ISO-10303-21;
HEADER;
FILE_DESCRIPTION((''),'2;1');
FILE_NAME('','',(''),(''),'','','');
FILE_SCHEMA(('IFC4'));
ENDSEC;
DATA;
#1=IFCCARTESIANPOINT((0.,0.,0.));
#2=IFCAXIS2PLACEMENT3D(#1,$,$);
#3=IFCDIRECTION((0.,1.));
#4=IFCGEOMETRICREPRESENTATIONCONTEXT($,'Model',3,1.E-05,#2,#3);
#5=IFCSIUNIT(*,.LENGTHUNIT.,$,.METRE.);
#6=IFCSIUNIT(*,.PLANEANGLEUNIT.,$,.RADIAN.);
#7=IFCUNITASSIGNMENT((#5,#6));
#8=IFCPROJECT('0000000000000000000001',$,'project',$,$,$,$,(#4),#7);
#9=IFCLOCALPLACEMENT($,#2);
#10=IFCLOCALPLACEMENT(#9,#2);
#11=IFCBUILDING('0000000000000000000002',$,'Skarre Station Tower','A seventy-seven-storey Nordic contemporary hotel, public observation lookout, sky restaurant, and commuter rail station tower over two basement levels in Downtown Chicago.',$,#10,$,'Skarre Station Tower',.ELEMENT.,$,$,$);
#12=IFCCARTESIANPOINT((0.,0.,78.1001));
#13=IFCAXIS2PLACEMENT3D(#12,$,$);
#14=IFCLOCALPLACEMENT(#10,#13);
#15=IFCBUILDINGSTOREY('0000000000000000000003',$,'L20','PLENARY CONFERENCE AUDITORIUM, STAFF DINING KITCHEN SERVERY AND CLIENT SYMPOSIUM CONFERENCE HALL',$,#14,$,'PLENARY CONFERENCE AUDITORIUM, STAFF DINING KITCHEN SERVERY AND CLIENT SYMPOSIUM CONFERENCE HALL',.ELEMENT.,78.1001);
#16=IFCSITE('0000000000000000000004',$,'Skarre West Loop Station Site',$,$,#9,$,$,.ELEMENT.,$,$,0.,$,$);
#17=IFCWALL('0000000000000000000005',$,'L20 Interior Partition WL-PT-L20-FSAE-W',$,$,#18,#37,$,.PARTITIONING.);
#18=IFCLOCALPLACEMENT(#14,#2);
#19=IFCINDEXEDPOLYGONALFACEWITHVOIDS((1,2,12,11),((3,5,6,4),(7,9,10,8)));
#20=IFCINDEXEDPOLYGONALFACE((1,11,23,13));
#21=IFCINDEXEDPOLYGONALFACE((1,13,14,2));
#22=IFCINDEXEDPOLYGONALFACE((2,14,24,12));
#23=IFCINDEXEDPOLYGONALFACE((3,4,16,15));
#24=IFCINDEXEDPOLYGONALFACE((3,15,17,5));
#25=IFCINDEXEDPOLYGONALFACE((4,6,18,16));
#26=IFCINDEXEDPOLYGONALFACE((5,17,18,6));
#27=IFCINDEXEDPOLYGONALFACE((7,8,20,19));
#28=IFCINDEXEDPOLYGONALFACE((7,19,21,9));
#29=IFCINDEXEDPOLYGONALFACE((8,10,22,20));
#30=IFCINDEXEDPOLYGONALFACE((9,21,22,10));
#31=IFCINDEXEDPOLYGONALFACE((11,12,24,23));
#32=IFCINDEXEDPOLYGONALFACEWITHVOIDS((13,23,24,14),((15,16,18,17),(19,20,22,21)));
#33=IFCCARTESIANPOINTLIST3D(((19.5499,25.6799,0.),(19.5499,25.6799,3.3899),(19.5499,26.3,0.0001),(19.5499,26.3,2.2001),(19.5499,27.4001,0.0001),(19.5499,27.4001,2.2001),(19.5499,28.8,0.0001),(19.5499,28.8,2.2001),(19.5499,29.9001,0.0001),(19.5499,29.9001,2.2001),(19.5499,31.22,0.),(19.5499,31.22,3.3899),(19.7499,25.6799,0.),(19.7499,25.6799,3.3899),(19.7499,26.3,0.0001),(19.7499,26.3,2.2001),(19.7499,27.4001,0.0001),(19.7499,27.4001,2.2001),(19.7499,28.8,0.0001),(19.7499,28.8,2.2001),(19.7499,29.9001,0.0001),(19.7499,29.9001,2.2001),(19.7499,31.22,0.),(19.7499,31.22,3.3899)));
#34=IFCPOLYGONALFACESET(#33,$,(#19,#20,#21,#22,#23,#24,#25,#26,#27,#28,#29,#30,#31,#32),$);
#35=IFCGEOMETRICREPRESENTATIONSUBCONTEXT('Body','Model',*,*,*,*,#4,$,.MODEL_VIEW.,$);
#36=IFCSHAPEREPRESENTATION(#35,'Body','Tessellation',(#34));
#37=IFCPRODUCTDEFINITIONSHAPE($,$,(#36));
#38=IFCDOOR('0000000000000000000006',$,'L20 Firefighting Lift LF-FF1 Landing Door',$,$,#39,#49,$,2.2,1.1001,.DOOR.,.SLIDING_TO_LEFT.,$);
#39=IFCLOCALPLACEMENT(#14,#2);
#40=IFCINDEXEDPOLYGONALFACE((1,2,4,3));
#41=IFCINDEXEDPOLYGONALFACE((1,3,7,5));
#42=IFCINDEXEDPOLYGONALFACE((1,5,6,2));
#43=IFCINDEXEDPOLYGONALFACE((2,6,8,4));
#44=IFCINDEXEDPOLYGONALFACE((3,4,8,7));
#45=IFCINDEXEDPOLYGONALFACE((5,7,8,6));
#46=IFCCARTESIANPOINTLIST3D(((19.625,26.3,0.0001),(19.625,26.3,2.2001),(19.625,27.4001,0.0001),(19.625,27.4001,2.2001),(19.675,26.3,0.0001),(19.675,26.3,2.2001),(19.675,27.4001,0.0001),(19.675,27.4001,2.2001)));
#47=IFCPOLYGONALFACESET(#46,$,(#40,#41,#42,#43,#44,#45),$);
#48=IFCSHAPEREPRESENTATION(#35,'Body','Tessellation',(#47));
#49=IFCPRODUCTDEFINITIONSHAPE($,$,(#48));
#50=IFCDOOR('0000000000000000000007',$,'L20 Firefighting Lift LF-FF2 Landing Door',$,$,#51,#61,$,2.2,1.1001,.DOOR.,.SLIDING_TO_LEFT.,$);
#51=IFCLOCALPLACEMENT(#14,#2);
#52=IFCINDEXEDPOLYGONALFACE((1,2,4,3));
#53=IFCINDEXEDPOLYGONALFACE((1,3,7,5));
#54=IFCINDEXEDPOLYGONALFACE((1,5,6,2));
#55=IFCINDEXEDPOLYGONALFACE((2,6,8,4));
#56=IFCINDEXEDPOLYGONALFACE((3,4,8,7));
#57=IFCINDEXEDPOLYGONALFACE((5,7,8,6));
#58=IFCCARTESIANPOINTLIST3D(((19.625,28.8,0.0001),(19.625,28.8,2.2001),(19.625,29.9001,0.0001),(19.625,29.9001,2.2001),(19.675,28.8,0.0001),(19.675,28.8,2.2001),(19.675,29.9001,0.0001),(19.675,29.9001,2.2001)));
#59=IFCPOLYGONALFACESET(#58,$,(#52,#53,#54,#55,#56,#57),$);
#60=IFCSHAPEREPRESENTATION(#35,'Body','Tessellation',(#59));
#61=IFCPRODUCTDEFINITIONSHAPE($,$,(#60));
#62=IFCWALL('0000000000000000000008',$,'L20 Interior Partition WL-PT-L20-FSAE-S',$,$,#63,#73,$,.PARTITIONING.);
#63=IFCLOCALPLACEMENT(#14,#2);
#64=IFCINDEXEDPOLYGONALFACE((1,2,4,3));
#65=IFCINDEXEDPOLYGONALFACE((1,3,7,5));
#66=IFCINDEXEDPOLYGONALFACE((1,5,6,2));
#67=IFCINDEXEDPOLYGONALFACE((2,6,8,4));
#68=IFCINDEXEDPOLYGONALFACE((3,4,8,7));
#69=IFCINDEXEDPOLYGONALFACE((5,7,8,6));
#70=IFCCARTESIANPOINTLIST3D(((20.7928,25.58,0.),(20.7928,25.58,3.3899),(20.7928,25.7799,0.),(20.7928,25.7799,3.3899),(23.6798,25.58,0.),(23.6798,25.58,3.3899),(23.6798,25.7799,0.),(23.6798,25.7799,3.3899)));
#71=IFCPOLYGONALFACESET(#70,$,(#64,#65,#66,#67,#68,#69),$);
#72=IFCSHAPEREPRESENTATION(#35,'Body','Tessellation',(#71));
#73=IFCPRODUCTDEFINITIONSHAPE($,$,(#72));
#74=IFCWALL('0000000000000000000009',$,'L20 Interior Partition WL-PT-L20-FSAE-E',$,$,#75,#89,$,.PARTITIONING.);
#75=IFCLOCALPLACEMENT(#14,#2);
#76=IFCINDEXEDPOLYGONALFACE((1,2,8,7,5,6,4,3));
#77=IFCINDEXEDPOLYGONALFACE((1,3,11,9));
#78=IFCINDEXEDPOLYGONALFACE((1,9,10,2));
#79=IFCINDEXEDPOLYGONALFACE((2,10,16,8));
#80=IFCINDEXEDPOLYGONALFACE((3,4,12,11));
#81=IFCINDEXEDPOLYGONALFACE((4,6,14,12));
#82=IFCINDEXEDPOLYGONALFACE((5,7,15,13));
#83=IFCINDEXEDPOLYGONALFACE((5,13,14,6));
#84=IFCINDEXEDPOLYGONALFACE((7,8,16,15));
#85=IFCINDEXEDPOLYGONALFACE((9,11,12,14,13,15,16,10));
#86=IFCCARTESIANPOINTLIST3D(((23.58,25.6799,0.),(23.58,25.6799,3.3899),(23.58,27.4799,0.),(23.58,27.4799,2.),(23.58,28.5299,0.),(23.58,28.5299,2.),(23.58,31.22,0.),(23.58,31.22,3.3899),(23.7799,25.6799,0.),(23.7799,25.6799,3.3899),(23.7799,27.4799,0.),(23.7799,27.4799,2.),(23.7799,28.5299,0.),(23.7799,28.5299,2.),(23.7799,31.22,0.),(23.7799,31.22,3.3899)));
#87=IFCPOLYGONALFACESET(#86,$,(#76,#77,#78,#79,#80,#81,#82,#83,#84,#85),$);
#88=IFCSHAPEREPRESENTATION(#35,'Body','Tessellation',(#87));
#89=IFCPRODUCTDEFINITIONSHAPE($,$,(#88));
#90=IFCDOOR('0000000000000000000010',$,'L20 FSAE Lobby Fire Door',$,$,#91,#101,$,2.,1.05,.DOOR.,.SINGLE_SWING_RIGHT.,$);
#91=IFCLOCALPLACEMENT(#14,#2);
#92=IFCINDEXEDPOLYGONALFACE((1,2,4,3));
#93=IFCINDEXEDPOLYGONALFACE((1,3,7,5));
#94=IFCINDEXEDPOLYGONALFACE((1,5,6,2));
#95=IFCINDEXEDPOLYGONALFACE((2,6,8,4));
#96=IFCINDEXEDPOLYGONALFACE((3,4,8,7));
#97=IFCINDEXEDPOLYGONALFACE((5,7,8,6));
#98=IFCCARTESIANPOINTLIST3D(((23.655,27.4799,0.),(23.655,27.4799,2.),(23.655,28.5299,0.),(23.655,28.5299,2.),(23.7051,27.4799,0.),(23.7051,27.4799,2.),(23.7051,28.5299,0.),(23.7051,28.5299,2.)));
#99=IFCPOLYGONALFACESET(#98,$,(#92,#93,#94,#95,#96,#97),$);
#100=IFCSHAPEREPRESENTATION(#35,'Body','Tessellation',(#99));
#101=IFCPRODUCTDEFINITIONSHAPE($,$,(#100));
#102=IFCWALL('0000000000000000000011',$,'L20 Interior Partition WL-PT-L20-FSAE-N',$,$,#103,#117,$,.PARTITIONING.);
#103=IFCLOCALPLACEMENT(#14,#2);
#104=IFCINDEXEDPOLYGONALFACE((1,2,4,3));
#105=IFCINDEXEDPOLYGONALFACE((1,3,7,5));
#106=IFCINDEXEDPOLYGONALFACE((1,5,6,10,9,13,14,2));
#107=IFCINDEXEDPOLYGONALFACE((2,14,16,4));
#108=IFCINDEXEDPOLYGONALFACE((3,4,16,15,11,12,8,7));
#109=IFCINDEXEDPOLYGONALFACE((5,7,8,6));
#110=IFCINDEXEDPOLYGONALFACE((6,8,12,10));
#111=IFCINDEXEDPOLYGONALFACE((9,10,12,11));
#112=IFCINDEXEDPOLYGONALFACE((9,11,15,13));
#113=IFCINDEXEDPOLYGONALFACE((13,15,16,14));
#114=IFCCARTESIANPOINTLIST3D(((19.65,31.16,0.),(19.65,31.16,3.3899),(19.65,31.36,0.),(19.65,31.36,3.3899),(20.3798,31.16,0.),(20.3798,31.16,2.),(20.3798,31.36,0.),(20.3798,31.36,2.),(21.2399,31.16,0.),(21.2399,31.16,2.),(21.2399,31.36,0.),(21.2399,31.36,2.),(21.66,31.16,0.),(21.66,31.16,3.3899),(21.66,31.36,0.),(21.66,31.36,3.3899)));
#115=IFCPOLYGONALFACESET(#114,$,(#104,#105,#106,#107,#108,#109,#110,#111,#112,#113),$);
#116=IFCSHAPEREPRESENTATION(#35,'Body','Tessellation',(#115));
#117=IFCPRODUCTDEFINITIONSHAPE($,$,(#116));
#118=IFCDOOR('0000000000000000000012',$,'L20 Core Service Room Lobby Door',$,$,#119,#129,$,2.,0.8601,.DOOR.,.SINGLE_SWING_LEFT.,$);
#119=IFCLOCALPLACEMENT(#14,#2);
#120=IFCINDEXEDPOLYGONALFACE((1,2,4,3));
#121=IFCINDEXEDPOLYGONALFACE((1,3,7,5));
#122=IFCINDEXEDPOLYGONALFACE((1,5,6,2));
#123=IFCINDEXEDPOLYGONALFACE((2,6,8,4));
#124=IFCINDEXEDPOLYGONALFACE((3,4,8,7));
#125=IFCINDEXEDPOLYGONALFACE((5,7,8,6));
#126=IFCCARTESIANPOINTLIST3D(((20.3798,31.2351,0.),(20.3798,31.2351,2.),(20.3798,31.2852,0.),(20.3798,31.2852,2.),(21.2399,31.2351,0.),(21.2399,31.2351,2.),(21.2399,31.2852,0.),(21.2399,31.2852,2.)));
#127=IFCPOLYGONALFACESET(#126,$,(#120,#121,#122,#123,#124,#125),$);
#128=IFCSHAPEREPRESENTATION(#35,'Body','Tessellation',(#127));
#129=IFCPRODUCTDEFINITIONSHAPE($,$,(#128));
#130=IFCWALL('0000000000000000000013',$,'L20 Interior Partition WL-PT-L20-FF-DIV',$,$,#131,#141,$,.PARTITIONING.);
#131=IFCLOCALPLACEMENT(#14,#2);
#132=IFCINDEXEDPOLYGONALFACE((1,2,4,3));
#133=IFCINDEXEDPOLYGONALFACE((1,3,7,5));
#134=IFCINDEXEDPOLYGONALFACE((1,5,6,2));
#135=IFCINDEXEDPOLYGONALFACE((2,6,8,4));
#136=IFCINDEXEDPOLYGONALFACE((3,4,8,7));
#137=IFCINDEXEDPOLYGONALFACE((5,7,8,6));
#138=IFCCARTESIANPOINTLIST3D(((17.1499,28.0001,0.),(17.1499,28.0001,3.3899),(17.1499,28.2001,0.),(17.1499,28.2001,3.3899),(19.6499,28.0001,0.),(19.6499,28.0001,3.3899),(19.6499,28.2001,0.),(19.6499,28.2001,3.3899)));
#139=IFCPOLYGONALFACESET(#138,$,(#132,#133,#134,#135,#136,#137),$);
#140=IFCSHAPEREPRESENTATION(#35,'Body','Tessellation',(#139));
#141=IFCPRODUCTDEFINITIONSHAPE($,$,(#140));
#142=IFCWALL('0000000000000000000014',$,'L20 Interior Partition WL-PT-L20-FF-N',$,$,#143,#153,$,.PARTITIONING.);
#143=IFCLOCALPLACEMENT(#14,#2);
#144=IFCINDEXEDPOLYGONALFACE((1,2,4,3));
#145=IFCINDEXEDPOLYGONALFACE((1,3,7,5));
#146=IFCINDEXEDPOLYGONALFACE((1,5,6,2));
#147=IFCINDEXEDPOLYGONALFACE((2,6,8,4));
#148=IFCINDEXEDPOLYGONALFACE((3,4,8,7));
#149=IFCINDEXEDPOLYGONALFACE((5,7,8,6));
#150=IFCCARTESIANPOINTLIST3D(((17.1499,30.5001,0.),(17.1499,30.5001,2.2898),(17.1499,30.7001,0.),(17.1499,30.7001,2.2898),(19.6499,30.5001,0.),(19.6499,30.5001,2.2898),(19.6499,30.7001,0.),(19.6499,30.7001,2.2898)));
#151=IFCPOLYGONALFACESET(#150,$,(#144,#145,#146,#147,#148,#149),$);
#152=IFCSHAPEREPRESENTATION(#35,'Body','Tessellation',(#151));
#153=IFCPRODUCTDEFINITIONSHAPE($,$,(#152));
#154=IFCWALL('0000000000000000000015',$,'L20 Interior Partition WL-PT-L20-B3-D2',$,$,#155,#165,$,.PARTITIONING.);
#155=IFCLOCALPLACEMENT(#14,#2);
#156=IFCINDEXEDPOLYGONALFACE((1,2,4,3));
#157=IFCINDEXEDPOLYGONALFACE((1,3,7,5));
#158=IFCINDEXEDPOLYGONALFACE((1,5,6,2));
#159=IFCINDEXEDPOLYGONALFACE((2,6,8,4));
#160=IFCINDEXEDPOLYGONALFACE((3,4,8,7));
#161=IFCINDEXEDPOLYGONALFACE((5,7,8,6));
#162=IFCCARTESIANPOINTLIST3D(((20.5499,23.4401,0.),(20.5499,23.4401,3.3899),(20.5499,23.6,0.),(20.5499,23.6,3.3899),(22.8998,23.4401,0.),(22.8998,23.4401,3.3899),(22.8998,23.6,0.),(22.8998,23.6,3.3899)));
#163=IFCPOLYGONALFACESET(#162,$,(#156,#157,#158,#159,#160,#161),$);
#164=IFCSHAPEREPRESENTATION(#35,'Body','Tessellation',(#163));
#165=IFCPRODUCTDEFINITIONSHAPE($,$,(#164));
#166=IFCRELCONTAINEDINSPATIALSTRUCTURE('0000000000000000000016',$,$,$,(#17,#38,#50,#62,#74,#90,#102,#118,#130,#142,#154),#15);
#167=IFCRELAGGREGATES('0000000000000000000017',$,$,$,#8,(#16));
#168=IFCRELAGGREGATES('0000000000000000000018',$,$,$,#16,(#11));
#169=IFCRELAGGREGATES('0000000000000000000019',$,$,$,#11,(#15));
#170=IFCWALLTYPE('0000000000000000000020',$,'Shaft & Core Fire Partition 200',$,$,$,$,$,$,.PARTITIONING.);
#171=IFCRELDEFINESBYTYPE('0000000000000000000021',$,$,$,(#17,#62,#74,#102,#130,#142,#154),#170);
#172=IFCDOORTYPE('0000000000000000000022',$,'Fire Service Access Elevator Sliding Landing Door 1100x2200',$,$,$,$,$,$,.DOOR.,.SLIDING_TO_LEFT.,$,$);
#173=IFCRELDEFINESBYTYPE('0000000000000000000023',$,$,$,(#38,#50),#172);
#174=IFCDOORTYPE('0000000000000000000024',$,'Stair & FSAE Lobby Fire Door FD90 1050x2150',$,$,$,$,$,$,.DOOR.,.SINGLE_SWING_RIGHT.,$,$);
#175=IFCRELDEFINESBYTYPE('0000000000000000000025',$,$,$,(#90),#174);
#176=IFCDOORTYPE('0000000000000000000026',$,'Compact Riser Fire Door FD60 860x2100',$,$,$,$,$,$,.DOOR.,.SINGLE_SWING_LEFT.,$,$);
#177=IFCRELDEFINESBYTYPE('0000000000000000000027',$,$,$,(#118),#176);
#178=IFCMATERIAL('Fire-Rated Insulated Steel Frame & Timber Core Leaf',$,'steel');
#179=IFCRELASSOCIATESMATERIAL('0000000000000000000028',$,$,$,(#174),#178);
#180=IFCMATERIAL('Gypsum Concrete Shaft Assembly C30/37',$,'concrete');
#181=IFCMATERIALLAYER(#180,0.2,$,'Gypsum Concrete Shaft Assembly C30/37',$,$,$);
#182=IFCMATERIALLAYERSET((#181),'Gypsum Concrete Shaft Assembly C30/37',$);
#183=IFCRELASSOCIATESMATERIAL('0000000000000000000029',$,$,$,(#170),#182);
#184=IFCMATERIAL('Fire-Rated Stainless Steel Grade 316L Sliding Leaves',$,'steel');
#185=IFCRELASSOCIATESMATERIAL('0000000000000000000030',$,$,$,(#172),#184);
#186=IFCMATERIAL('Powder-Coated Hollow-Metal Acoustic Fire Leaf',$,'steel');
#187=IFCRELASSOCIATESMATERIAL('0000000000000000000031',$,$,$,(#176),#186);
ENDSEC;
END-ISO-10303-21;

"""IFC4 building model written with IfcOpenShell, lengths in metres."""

from ifc_helpers import new_model, si_unit, direction, frame, frame_2d, origin, place, context, subcontext, project, spatial, rectangle, extrude, material, layer, layer_set, type_object, element, fill, save


model = new_model("IFC4")

# Units and contexts
model_context = context("Model", 3, precision=1e-05, world=origin(), true_north=direction((0.0, 1.0)))
body_context = subcontext(model_context, "Body", "Model", "MODEL_VIEW")
ifc_project = project(units=[si_unit("LENGTHUNIT", "METRE"), si_unit("PLANEANGLEUNIT", "RADIAN")], contexts=[model_context])

# Site, building, storey
site_placement = place(None, origin())
site = spatial("IfcSite", under=ifc_project, at=site_placement, Name="Skarre West Loop Station Site", CompositionType="ELEMENT", RefElevation=0.0)
building_placement = place(site_placement, origin())
building = spatial("IfcBuilding", under=site, at=building_placement, Name="Skarre Station Tower", Description="A seventy-seven-storey Nordic contemporary hotel, public observation lookout, sky restaurant, and commuter rail station tower over two basement levels in Downtown Chicago.", LongName="Skarre Station Tower", CompositionType="ELEMENT")
storey_placement = place(building_placement, frame((0.0, 0.0, 78.1001)))
storey = spatial("IfcBuildingStorey", under=building, at=storey_placement, Name="L20", Description="PLENARY CONFERENCE AUDITORIUM, STAFF DINING KITCHEN SERVERY AND CLIENT SYMPOSIUM CONFERENCE HALL", LongName="PLENARY CONFERENCE AUDITORIUM, STAFF DINING KITCHEN SERVERY AND CLIENT SYMPOSIUM CONFERENCE HALL", CompositionType="ELEMENT", Elevation=78.1001)

# Shared definitions
ifc_material_1 = material(Name="Fire-Rated Insulated Steel Frame & Timber Core Leaf", Category="steel")
door_type_1 = type_object("IfcDoorType", Name="Stair & FSAE Lobby Fire Door FD90 1050x2150", OperationType="SINGLE_SWING_RIGHT", PredefinedType="DOOR", material=ifc_material_1)

# Wall, openings, doors
ifc_material_2 = material(Name="Gypsum Concrete Shaft Assembly C30/37", Category="concrete")
ifc_layer_1 = layer(ifc_material_2, 0.2, Name="Gypsum Concrete Shaft Assembly C30/37")
ifc_layer_set_1 = layer_set([ifc_layer_1], Name="Gypsum Concrete Shaft Assembly C30/37")
wall_type_1 = type_object("IfcWallType", Name="Shaft & Core Fire Partition 200", PredefinedType="PARTITIONING", material=ifc_layer_set_1)
wall_1_placement = place(storey_placement, frame((19.6499, 25.6799, 0.0), z_axis=(0.0, 0.0, 1.0), x_axis=(0.0, 1.0, 0.0)))
wall_1 = element("IfcWall", 1, at=wall_1_placement, inside=storey, type_object=wall_type_1, Name="L20 Interior Partition WL-PT-L20-FSAE-W", PredefinedType="PARTITIONING", context=body_context, shape_type="SweptSolid", body=[
    extrude(rectangle(XDim=5.54, YDim=0.2, at=frame_2d((2.77, 0.0))), origin(), (0.0, 0.0, 1.0), 3.3899),
])
opening_1_placement = place(wall_1_placement, frame((0.6201, 0.0, 0.0)))
opening_1 = element("IfcOpeningElement", 2, at=opening_1_placement, cuts=wall_1, PredefinedType="OPENING", context=body_context, shape_type="SweptSolid", body=[
    extrude(rectangle(XDim=1.1001, YDim=2.2, at=frame_2d((0.55, 1.1001))), frame((0.0, 0.1099, 0.0), z_axis=(0.0, -1.0, 0.0), x_axis=(1.0, 0.0, 0.0)), (0.0, 0.0, 1.0), 0.22),
])
opening_2_placement = place(wall_1_placement, frame((3.1201, 0.0, 0.0)))
opening_2 = element("IfcOpeningElement", 3, at=opening_2_placement, cuts=wall_1, PredefinedType="OPENING", context=body_context, shape_type="SweptSolid", body=[
    extrude(rectangle(XDim=1.1001, YDim=2.2, at=frame_2d((0.55, 1.1001))), frame((0.0, 0.1099, 0.0), z_axis=(0.0, -1.0, 0.0), x_axis=(1.0, 0.0, 0.0)), (0.0, 0.0, 1.0), 0.22),
])
ifc_material_3 = material(Name="Fire-Rated Stainless Steel Grade 316L Sliding Leaves", Category="steel")
door_type_2 = type_object("IfcDoorType", Name="Fire Service Access Elevator Sliding Landing Door 1100x2200", OperationType="SLIDING_TO_LEFT", PredefinedType="DOOR", material=ifc_material_3)
door_1_placement = place(opening_1_placement, origin())
door_1 = element("IfcDoor", 4, at=door_1_placement, inside=storey, type_object=door_type_2, Name="L20 Firefighting Lift LF-FF1 Landing Door", OperationType="SLIDING_TO_LEFT", OverallHeight=2.2, OverallWidth=1.1001, PredefinedType="DOOR", context=body_context, shape_type="SweptSolid", body=[
    extrude(rectangle(XDim=1.1001, YDim=2.2, at=frame_2d((0.55, 1.1001))), frame((0.0, 0.0249, 0.0), z_axis=(0.0, -1.0, 0.0), x_axis=(1.0, 0.0, 0.0)), (0.0, 0.0, 1.0), 0.05),
])
fill(opening_1, door_1)
door_2_placement = place(opening_2_placement, origin())
door_2 = element("IfcDoor", 5, at=door_2_placement, inside=storey, type_object=door_type_2, Name="L20 Firefighting Lift LF-FF2 Landing Door", OperationType="SLIDING_TO_LEFT", OverallHeight=2.2, OverallWidth=1.1001, PredefinedType="DOOR", context=body_context, shape_type="SweptSolid", body=[
    extrude(rectangle(XDim=1.1001, YDim=2.2, at=frame_2d((0.55, 1.1001))), frame((0.0, 0.0249, 0.0), z_axis=(0.0, -1.0, 0.0), x_axis=(1.0, 0.0, 0.0)), (0.0, 0.0, 1.0), 0.05),
])
fill(opening_2, door_2)

# Wall
wall_2_placement = place(storey_placement, frame((20.793, 25.6799, 0.0), z_axis=(0.0, 0.0, 1.0), x_axis=(1.0, 0.0, 0.0)))
element("IfcWall", 6, at=wall_2_placement, inside=storey, type_object=wall_type_1, Name="L20 Interior Partition WL-PT-L20-FSAE-S", PredefinedType="PARTITIONING", context=body_context, shape_type="SweptSolid", body=[
    extrude(rectangle(XDim=2.887, YDim=0.2, at=frame_2d((1.4434, 0.0))), origin(), (0.0, 0.0, 1.0), 3.3899),
])

# Walls, openings, doors
wall_3_placement = place(storey_placement, frame((23.6799, 25.6799, 0.0), z_axis=(0.0, 0.0, 1.0), x_axis=(0.0, 1.0, 0.0)))
wall_3 = element("IfcWall", 7, at=wall_3_placement, inside=storey, type_object=wall_type_1, Name="L20 Interior Partition WL-PT-L20-FSAE-E", PredefinedType="PARTITIONING", context=body_context, shape_type="SweptSolid", body=[
    extrude(rectangle(XDim=5.54, YDim=0.2, at=frame_2d((2.77, 0.0))), origin(), (0.0, 0.0, 1.0), 3.3899),
])
opening_3_placement = place(wall_3_placement, frame((1.8, 0.0, 0.0)))
opening_3 = element("IfcOpeningElement", 8, at=opening_3_placement, cuts=wall_3, PredefinedType="OPENING", context=body_context, shape_type="SweptSolid", body=[
    extrude(rectangle(XDim=1.05, YDim=2.0, at=frame_2d((0.5249, 1.0))), frame((0.0, 0.1099, 0.0), z_axis=(0.0, -1.0, 0.0), x_axis=(1.0, 0.0, 0.0)), (0.0, 0.0, 1.0), 0.22),
])
door_3_placement = place(opening_3_placement, origin())
door_3 = element("IfcDoor", 9, at=door_3_placement, inside=storey, type_object=door_type_1, Name="L20 FSAE Lobby Fire Door", OperationType="SINGLE_SWING_RIGHT", OverallHeight=2.0, OverallWidth=1.05, PredefinedType="DOOR", context=body_context, shape_type="SweptSolid", body=[
    extrude(rectangle(XDim=1.05, YDim=2.0, at=frame_2d((0.5249, 1.0))), frame((0.0, 0.0249, 0.0), z_axis=(0.0, -1.0, 0.0), x_axis=(1.0, 0.0, 0.0)), (0.0, 0.0, 1.0), 0.05),
])
fill(opening_3, door_3)
wall_4_placement = place(storey_placement, frame((21.6599, 31.26, 0.0), z_axis=(0.0, 0.0, 1.0), x_axis=(-1.0, 0.0, 0.0)))
wall_4 = element("IfcWall", 10, at=wall_4_placement, inside=storey, type_object=wall_type_1, Name="L20 Interior Partition WL-PT-L20-FSAE-N", PredefinedType="PARTITIONING", context=body_context, shape_type="SweptSolid", body=[
    extrude(rectangle(XDim=2.01, YDim=0.2, at=frame_2d((1.0049, 0.0))), origin(), (0.0, 0.0, 1.0), 3.3899),
])
opening_4_placement = place(wall_4_placement, frame((0.4199, 0.0, 0.0)))
opening_4 = element("IfcOpeningElement", 11, at=opening_4_placement, cuts=wall_4, PredefinedType="OPENING", context=body_context, shape_type="SweptSolid", body=[
    extrude(rectangle(XDim=0.8601, YDim=2.0, at=frame_2d((0.4302, 1.0))), frame((0.0, 0.1099, 0.0), z_axis=(0.0, -1.0, 0.0), x_axis=(1.0, 0.0, 0.0)), (0.0, 0.0, 1.0), 0.22),
])
ifc_material_4 = material(Name="Powder-Coated Hollow-Metal Acoustic Fire Leaf", Category="steel")
door_type_3 = type_object("IfcDoorType", Name="Compact Riser Fire Door FD60 860x2100", OperationType="SINGLE_SWING_LEFT", PredefinedType="DOOR", material=ifc_material_4)
door_4_placement = place(opening_4_placement, origin())
door_4 = element("IfcDoor", 12, at=door_4_placement, inside=storey, type_object=door_type_3, Name="L20 Core Service Room Lobby Door", OperationType="SINGLE_SWING_LEFT", OverallHeight=2.0, OverallWidth=0.8601, PredefinedType="DOOR", context=body_context, shape_type="SweptSolid", body=[
    extrude(rectangle(XDim=0.8601, YDim=2.0, at=frame_2d((0.4302, 1.0))), frame((0.0, 0.0249, 0.0), z_axis=(0.0, -1.0, 0.0), x_axis=(1.0, 0.0, 0.0)), (0.0, 0.0, 1.0), 0.05),
])
fill(opening_4, door_4)

# Walls
wall_5_placement = place(storey_placement, frame((17.1499, 28.1001, 0.0), z_axis=(0.0, 0.0, 1.0), x_axis=(1.0, 0.0, 0.0)))
element("IfcWall", 13, at=wall_5_placement, inside=storey, type_object=wall_type_1, Name="L20 Interior Partition WL-PT-L20-FF-DIV", PredefinedType="PARTITIONING", context=body_context, shape_type="SweptSolid", body=[
    extrude(rectangle(XDim=2.5, YDim=0.2, at=frame_2d((1.25, 0.0))), origin(), (0.0, 0.0, 1.0), 3.3899),
])
wall_6_placement = place(storey_placement, frame((19.6499, 30.6001, 0.0), z_axis=(0.0, 0.0, 1.0), x_axis=(-1.0, 0.0, 0.0)))
element("IfcWall", 14, at=wall_6_placement, inside=storey, type_object=wall_type_1, Name="L20 Interior Partition WL-PT-L20-FF-N", PredefinedType="PARTITIONING", context=body_context, shape_type="SweptSolid", body=[
    extrude(rectangle(XDim=2.5, YDim=0.2, at=frame_2d((1.25, 0.0))), origin(), (0.0, 0.0, 1.0), 2.2898),
])
wall_7_placement = place(storey_placement, frame((20.55, 23.52, 0.0), z_axis=(0.0, 0.0, 1.0), x_axis=(1.0, 0.0, 0.0)))
element("IfcWall", 15, at=wall_7_placement, inside=storey, type_object=wall_type_1, Name="L20 Interior Partition WL-PT-L20-B3-D2", PredefinedType="PARTITIONING", context=body_context, shape_type="SweptSolid", body=[
    extrude(rectangle(XDim=2.3499, YDim=0.1599, at=frame_2d((1.1748, 0.0))), origin(), (0.0, 0.0, 1.0), 3.3899),
])

save(model, "model.ifc")
